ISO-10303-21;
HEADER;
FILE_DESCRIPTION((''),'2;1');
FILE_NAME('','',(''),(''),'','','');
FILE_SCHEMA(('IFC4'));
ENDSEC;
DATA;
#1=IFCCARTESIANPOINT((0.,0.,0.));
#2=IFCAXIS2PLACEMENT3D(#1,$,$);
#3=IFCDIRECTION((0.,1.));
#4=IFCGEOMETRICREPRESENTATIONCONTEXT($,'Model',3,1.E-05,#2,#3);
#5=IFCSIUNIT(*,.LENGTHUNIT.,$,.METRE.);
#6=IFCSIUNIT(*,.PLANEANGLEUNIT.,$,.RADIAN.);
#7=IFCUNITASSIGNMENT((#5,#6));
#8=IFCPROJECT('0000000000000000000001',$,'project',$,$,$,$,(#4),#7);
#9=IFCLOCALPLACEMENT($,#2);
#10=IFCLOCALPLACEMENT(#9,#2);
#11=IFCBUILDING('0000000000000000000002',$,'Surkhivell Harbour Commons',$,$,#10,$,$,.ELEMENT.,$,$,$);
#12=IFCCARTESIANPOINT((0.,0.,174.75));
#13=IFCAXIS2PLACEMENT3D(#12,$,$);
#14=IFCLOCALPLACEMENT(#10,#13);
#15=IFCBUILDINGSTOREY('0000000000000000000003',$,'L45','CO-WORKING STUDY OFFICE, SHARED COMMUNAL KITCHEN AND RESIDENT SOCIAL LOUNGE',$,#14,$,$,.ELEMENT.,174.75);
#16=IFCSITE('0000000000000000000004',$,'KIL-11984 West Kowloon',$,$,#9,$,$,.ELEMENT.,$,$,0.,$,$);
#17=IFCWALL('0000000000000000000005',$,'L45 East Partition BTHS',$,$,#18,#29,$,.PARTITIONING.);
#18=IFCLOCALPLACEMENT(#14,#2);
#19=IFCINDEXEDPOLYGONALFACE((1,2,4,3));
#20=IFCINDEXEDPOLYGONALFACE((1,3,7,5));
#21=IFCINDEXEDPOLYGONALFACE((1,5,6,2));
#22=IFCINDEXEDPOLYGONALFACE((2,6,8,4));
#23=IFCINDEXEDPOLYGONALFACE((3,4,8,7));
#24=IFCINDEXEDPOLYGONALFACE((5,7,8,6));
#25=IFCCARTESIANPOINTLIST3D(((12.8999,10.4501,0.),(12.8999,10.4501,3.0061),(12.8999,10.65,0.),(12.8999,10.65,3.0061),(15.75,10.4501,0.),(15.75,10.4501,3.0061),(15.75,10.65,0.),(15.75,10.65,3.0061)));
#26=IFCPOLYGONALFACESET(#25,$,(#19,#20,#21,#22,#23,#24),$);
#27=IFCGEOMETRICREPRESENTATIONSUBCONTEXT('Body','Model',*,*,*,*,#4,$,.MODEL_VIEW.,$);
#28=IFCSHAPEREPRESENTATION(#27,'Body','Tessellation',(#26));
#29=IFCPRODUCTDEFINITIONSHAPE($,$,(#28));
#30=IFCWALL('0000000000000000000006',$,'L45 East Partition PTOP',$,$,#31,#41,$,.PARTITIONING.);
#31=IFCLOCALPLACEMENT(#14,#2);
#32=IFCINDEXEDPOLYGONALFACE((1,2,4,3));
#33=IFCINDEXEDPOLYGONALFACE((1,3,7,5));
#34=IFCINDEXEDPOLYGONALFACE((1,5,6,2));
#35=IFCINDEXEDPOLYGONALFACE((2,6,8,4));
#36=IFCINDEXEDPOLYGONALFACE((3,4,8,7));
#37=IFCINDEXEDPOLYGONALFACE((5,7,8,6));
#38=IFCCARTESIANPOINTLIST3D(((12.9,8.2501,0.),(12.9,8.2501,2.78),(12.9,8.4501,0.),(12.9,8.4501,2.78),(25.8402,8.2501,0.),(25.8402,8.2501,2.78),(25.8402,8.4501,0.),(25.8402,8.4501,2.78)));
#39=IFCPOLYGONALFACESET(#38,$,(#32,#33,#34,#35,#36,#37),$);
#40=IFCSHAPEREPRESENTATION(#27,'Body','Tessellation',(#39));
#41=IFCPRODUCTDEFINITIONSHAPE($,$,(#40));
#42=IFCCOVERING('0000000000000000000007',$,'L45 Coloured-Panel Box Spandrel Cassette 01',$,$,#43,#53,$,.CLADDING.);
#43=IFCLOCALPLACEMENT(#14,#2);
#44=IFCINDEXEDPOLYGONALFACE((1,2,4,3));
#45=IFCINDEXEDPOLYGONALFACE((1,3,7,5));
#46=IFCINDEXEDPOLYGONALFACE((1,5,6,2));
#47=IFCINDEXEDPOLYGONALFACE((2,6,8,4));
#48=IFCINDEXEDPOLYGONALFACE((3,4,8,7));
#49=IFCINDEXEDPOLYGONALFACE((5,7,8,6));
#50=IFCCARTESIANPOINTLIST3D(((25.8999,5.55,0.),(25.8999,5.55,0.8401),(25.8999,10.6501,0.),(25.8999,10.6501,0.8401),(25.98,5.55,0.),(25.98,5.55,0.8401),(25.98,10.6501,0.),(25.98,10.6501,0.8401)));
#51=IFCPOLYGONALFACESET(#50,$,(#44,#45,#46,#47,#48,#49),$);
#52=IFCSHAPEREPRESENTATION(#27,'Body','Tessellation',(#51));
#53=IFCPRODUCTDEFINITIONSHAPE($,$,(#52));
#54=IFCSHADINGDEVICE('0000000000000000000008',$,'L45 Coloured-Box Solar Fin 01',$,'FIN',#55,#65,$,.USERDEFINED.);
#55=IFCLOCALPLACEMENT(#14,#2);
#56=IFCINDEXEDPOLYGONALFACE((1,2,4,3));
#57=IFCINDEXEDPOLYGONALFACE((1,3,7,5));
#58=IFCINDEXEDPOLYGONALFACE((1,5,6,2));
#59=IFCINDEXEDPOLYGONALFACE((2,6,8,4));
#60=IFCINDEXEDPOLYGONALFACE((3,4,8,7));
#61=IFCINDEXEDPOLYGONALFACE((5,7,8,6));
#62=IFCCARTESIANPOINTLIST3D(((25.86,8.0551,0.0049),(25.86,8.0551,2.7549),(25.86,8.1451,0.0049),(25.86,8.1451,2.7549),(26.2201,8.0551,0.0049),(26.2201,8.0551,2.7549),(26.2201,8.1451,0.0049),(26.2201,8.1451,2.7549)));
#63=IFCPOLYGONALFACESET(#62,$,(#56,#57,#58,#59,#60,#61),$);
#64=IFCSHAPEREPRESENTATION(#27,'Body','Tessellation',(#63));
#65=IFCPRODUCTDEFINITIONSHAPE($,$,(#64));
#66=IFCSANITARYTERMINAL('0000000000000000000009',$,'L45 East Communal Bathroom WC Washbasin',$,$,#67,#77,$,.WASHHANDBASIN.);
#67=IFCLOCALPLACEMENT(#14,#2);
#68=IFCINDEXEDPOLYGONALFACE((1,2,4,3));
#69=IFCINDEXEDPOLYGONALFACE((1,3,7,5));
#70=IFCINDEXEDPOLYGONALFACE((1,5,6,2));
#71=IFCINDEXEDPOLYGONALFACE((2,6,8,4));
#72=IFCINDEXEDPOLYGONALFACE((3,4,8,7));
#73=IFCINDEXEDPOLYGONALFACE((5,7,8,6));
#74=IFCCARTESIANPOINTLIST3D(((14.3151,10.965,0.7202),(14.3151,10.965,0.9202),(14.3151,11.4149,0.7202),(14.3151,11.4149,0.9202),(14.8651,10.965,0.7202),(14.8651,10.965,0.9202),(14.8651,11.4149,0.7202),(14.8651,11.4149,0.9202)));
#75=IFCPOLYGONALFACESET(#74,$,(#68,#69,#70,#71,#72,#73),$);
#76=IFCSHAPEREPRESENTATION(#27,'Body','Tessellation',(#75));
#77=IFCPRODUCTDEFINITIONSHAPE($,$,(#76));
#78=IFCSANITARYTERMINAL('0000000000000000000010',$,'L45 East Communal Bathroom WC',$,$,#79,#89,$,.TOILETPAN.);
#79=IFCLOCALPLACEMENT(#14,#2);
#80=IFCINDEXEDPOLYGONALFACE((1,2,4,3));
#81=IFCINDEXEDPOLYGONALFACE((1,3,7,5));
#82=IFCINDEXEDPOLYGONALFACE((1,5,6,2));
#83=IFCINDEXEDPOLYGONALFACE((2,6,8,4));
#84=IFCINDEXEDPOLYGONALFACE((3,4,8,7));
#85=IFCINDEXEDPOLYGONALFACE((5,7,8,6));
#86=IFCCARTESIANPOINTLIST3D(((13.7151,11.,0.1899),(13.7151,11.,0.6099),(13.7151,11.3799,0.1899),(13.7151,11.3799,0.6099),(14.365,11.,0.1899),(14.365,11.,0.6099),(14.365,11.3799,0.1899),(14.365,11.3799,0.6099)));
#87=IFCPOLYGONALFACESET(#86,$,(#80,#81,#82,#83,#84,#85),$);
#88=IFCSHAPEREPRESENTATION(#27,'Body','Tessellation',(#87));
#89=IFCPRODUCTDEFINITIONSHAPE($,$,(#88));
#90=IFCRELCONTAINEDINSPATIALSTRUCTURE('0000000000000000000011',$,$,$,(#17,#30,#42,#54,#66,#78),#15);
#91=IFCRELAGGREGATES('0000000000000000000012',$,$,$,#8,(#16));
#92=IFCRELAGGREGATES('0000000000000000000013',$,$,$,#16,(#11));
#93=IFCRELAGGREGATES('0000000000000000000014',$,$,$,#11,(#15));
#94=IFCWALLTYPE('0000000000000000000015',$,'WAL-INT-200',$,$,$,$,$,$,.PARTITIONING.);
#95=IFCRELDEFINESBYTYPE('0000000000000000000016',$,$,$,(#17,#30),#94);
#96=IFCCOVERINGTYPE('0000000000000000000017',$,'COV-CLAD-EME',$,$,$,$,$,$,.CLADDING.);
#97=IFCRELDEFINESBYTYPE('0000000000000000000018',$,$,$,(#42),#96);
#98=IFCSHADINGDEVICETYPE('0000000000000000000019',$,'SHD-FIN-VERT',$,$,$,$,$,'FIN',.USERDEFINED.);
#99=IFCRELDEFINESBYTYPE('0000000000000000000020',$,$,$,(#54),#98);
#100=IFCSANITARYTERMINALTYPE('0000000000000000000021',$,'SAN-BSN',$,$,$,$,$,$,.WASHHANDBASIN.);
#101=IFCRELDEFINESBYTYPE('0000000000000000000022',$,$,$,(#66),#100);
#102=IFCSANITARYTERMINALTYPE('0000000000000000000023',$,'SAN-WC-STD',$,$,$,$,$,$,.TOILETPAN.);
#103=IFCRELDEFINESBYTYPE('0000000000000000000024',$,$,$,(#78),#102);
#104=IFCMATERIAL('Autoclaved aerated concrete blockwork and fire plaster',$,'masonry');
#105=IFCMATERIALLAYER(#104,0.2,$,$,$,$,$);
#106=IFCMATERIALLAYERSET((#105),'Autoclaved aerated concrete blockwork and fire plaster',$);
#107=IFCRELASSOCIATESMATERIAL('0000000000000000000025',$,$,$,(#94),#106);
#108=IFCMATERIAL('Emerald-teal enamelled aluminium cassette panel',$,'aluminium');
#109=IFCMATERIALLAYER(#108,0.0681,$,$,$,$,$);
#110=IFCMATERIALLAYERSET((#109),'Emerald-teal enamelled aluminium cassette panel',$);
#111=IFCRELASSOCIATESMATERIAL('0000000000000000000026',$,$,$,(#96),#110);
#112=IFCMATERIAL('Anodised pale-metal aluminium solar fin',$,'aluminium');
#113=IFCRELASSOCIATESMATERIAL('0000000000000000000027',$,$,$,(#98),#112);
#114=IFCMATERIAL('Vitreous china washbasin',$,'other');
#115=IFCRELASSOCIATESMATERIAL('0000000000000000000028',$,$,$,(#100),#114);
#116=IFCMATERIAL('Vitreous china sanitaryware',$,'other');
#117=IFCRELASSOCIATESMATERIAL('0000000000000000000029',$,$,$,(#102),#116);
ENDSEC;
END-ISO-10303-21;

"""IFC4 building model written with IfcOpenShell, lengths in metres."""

from ifc_helpers import new_model, si_unit, direction, frame, frame_2d, origin, origin_2d, place, context, subcontext, project, spatial, rectangle, extrude, material, layer, layer_set, type_object, element, save


model = new_model("IFC4")

# Units and contexts
model_context = context("Model", 3, precision=1e-05, world=origin(), true_north=direction((0.0, 1.0)))
body_context = subcontext(model_context, "Body", "Model", "MODEL_VIEW")
ifc_project = project(units=[si_unit("LENGTHUNIT", "METRE"), si_unit("PLANEANGLEUNIT", "RADIAN")], contexts=[model_context])

# Site, building, storey
site_placement = place(None, origin())
site = spatial("IfcSite", under=ifc_project, at=site_placement, Name="KIL-11984 West Kowloon", CompositionType="ELEMENT", RefElevation=0.0)
building_placement = place(site_placement, origin())
building = spatial("IfcBuilding", under=site, at=building_placement, Name="Surkhivell Harbour Commons", CompositionType="ELEMENT")
storey_placement = place(building_placement, frame((0.0, 0.0, 174.75)))
storey = spatial("IfcBuildingStorey", under=building, at=storey_placement, Name="L45", Description="CO-WORKING STUDY OFFICE, SHARED COMMUNAL KITCHEN AND RESIDENT SOCIAL LOUNGE", CompositionType="ELEMENT", Elevation=174.75)

# Walls
ifc_material_1 = material(Name="Autoclaved aerated concrete blockwork and fire plaster", Category="masonry")
ifc_layer_1 = layer(ifc_material_1, 0.2)
ifc_layer_set_1 = layer_set([ifc_layer_1], Name="Autoclaved aerated concrete blockwork and fire plaster")
wall_type_1 = type_object("IfcWallType", Name="WAL-INT-200", PredefinedType="PARTITIONING", material=ifc_layer_set_1)
wall_1_placement = place(storey_placement, frame((12.8999, 10.55, 0.0), z_axis=(0.0, 0.0, 1.0), x_axis=(1.0, 0.0, 0.0)))
element("IfcWall", 1, at=wall_1_placement, inside=storey, type_object=wall_type_1, Name="L45 East Partition BTHS", PredefinedType="PARTITIONING", context=body_context, shape_type="SweptSolid", body=[
    extrude(rectangle(XDim=2.8501, YDim=0.2, at=frame_2d((1.425, 0.0))), origin(), (0.0, 0.0, 1.0), 3.0061),
])
wall_2_placement = place(storey_placement, frame((12.8999, 8.3501, 0.0), z_axis=(0.0, 0.0, 1.0), x_axis=(1.0, 0.0, 0.0)))
element("IfcWall", 2, at=wall_2_placement, inside=storey, type_object=wall_type_1, Name="L45 East Partition PTOP", PredefinedType="PARTITIONING", context=body_context, shape_type="SweptSolid", body=[
    extrude(rectangle(XDim=12.9402, YDim=0.2, at=frame_2d((6.4702, 0.0))), origin(), (0.0, 0.0, 1.0), 2.78),
])

# Covering
ifc_material_2 = material(Name="Emerald-teal enamelled aluminium cassette panel", Category="aluminium")
ifc_layer_2 = layer(ifc_material_2, 0.0681)
ifc_layer_set_2 = layer_set([ifc_layer_2], Name="Emerald-teal enamelled aluminium cassette panel")
covering_type = type_object("IfcCoveringType", Name="COV-CLAD-EME", PredefinedType="CLADDING", material=ifc_layer_set_2)
covering_placement = place(storey_placement, frame((25.9399, 8.1001, 0.0), z_axis=(0.0, 0.0, 1.0), x_axis=(1.0, 0.0, 0.0)))
element("IfcCovering", 3, at=covering_placement, inside=storey, type_object=covering_type, Name="L45 Coloured-Panel Box Spandrel Cassette 01", PredefinedType="CLADDING", context=body_context, shape_type="SweptSolid", body=[
    extrude(rectangle(XDim=0.0801, YDim=5.1001, at=origin_2d()), origin(), (0.0, 0.0, 1.0), 0.8401),
])

# Shading device
ifc_material_3 = material(Name="Anodised pale-metal aluminium solar fin", Category="aluminium")
shading_device_type = type_object("IfcShadingDeviceType", Name="SHD-FIN-VERT", ElementType="FIN", PredefinedType="USERDEFINED", material=ifc_material_3)
shading_device_placement = place(storey_placement, frame((26.04, 8.1001, 0.0049), z_axis=(0.0, 0.0, 1.0), x_axis=(1.0, 0.0, 0.0)))
element("IfcShadingDevice", 4, at=shading_device_placement, inside=storey, type_object=shading_device_type, Name="L45 Coloured-Box Solar Fin 01", ObjectType="FIN", PredefinedType="USERDEFINED", context=body_context, shape_type="SweptSolid", body=[
    extrude(rectangle(XDim=0.3601, YDim=0.0901, at=origin_2d()), origin(), (0.0, 0.0, 1.0), 2.75),
])

# Sanitary terminals
ifc_material_4 = material(Name="Vitreous china washbasin", Category="other")
sanitary_terminal_type_1 = type_object("IfcSanitaryTerminalType", Name="SAN-BSN", PredefinedType="WASHHANDBASIN", material=ifc_material_4)
sanitary_terminal_1_placement = place(storey_placement, frame((14.5901, 11.1899, 0.7202), z_axis=(0.0, 0.0, 1.0), x_axis=(1.0, 0.0, 0.0)))
element("IfcSanitaryTerminal", 5, at=sanitary_terminal_1_placement, inside=storey, type_object=sanitary_terminal_type_1, Name="L45 East Communal Bathroom WC Washbasin", PredefinedType="WASHHANDBASIN", context=body_context, shape_type="SweptSolid", body=[
    extrude(rectangle(XDim=0.55, YDim=0.45, at=origin_2d()), origin(), (0.0, 0.0, 1.0), 0.2),
])
ifc_material_5 = material(Name="Vitreous china sanitaryware", Category="other")
sanitary_terminal_type_2 = type_object("IfcSanitaryTerminalType", Name="SAN-WC-STD", PredefinedType="TOILETPAN", material=ifc_material_5)
sanitary_terminal_2_placement = place(storey_placement, frame((14.04, 11.1899, 0.1899), z_axis=(0.0, 0.0, 1.0), x_axis=(1.0, 0.0, 0.0)))
element("IfcSanitaryTerminal", 6, at=sanitary_terminal_2_placement, inside=storey, type_object=sanitary_terminal_type_2, Name="L45 East Communal Bathroom WC", PredefinedType="TOILETPAN", context=body_context, shape_type="SweptSolid", body=[
    extrude(rectangle(XDim=0.6499, YDim=0.3799, at=origin_2d()), origin(), (0.0, 0.0, 1.0), 0.4199),
])

save(model, "model.ifc")
